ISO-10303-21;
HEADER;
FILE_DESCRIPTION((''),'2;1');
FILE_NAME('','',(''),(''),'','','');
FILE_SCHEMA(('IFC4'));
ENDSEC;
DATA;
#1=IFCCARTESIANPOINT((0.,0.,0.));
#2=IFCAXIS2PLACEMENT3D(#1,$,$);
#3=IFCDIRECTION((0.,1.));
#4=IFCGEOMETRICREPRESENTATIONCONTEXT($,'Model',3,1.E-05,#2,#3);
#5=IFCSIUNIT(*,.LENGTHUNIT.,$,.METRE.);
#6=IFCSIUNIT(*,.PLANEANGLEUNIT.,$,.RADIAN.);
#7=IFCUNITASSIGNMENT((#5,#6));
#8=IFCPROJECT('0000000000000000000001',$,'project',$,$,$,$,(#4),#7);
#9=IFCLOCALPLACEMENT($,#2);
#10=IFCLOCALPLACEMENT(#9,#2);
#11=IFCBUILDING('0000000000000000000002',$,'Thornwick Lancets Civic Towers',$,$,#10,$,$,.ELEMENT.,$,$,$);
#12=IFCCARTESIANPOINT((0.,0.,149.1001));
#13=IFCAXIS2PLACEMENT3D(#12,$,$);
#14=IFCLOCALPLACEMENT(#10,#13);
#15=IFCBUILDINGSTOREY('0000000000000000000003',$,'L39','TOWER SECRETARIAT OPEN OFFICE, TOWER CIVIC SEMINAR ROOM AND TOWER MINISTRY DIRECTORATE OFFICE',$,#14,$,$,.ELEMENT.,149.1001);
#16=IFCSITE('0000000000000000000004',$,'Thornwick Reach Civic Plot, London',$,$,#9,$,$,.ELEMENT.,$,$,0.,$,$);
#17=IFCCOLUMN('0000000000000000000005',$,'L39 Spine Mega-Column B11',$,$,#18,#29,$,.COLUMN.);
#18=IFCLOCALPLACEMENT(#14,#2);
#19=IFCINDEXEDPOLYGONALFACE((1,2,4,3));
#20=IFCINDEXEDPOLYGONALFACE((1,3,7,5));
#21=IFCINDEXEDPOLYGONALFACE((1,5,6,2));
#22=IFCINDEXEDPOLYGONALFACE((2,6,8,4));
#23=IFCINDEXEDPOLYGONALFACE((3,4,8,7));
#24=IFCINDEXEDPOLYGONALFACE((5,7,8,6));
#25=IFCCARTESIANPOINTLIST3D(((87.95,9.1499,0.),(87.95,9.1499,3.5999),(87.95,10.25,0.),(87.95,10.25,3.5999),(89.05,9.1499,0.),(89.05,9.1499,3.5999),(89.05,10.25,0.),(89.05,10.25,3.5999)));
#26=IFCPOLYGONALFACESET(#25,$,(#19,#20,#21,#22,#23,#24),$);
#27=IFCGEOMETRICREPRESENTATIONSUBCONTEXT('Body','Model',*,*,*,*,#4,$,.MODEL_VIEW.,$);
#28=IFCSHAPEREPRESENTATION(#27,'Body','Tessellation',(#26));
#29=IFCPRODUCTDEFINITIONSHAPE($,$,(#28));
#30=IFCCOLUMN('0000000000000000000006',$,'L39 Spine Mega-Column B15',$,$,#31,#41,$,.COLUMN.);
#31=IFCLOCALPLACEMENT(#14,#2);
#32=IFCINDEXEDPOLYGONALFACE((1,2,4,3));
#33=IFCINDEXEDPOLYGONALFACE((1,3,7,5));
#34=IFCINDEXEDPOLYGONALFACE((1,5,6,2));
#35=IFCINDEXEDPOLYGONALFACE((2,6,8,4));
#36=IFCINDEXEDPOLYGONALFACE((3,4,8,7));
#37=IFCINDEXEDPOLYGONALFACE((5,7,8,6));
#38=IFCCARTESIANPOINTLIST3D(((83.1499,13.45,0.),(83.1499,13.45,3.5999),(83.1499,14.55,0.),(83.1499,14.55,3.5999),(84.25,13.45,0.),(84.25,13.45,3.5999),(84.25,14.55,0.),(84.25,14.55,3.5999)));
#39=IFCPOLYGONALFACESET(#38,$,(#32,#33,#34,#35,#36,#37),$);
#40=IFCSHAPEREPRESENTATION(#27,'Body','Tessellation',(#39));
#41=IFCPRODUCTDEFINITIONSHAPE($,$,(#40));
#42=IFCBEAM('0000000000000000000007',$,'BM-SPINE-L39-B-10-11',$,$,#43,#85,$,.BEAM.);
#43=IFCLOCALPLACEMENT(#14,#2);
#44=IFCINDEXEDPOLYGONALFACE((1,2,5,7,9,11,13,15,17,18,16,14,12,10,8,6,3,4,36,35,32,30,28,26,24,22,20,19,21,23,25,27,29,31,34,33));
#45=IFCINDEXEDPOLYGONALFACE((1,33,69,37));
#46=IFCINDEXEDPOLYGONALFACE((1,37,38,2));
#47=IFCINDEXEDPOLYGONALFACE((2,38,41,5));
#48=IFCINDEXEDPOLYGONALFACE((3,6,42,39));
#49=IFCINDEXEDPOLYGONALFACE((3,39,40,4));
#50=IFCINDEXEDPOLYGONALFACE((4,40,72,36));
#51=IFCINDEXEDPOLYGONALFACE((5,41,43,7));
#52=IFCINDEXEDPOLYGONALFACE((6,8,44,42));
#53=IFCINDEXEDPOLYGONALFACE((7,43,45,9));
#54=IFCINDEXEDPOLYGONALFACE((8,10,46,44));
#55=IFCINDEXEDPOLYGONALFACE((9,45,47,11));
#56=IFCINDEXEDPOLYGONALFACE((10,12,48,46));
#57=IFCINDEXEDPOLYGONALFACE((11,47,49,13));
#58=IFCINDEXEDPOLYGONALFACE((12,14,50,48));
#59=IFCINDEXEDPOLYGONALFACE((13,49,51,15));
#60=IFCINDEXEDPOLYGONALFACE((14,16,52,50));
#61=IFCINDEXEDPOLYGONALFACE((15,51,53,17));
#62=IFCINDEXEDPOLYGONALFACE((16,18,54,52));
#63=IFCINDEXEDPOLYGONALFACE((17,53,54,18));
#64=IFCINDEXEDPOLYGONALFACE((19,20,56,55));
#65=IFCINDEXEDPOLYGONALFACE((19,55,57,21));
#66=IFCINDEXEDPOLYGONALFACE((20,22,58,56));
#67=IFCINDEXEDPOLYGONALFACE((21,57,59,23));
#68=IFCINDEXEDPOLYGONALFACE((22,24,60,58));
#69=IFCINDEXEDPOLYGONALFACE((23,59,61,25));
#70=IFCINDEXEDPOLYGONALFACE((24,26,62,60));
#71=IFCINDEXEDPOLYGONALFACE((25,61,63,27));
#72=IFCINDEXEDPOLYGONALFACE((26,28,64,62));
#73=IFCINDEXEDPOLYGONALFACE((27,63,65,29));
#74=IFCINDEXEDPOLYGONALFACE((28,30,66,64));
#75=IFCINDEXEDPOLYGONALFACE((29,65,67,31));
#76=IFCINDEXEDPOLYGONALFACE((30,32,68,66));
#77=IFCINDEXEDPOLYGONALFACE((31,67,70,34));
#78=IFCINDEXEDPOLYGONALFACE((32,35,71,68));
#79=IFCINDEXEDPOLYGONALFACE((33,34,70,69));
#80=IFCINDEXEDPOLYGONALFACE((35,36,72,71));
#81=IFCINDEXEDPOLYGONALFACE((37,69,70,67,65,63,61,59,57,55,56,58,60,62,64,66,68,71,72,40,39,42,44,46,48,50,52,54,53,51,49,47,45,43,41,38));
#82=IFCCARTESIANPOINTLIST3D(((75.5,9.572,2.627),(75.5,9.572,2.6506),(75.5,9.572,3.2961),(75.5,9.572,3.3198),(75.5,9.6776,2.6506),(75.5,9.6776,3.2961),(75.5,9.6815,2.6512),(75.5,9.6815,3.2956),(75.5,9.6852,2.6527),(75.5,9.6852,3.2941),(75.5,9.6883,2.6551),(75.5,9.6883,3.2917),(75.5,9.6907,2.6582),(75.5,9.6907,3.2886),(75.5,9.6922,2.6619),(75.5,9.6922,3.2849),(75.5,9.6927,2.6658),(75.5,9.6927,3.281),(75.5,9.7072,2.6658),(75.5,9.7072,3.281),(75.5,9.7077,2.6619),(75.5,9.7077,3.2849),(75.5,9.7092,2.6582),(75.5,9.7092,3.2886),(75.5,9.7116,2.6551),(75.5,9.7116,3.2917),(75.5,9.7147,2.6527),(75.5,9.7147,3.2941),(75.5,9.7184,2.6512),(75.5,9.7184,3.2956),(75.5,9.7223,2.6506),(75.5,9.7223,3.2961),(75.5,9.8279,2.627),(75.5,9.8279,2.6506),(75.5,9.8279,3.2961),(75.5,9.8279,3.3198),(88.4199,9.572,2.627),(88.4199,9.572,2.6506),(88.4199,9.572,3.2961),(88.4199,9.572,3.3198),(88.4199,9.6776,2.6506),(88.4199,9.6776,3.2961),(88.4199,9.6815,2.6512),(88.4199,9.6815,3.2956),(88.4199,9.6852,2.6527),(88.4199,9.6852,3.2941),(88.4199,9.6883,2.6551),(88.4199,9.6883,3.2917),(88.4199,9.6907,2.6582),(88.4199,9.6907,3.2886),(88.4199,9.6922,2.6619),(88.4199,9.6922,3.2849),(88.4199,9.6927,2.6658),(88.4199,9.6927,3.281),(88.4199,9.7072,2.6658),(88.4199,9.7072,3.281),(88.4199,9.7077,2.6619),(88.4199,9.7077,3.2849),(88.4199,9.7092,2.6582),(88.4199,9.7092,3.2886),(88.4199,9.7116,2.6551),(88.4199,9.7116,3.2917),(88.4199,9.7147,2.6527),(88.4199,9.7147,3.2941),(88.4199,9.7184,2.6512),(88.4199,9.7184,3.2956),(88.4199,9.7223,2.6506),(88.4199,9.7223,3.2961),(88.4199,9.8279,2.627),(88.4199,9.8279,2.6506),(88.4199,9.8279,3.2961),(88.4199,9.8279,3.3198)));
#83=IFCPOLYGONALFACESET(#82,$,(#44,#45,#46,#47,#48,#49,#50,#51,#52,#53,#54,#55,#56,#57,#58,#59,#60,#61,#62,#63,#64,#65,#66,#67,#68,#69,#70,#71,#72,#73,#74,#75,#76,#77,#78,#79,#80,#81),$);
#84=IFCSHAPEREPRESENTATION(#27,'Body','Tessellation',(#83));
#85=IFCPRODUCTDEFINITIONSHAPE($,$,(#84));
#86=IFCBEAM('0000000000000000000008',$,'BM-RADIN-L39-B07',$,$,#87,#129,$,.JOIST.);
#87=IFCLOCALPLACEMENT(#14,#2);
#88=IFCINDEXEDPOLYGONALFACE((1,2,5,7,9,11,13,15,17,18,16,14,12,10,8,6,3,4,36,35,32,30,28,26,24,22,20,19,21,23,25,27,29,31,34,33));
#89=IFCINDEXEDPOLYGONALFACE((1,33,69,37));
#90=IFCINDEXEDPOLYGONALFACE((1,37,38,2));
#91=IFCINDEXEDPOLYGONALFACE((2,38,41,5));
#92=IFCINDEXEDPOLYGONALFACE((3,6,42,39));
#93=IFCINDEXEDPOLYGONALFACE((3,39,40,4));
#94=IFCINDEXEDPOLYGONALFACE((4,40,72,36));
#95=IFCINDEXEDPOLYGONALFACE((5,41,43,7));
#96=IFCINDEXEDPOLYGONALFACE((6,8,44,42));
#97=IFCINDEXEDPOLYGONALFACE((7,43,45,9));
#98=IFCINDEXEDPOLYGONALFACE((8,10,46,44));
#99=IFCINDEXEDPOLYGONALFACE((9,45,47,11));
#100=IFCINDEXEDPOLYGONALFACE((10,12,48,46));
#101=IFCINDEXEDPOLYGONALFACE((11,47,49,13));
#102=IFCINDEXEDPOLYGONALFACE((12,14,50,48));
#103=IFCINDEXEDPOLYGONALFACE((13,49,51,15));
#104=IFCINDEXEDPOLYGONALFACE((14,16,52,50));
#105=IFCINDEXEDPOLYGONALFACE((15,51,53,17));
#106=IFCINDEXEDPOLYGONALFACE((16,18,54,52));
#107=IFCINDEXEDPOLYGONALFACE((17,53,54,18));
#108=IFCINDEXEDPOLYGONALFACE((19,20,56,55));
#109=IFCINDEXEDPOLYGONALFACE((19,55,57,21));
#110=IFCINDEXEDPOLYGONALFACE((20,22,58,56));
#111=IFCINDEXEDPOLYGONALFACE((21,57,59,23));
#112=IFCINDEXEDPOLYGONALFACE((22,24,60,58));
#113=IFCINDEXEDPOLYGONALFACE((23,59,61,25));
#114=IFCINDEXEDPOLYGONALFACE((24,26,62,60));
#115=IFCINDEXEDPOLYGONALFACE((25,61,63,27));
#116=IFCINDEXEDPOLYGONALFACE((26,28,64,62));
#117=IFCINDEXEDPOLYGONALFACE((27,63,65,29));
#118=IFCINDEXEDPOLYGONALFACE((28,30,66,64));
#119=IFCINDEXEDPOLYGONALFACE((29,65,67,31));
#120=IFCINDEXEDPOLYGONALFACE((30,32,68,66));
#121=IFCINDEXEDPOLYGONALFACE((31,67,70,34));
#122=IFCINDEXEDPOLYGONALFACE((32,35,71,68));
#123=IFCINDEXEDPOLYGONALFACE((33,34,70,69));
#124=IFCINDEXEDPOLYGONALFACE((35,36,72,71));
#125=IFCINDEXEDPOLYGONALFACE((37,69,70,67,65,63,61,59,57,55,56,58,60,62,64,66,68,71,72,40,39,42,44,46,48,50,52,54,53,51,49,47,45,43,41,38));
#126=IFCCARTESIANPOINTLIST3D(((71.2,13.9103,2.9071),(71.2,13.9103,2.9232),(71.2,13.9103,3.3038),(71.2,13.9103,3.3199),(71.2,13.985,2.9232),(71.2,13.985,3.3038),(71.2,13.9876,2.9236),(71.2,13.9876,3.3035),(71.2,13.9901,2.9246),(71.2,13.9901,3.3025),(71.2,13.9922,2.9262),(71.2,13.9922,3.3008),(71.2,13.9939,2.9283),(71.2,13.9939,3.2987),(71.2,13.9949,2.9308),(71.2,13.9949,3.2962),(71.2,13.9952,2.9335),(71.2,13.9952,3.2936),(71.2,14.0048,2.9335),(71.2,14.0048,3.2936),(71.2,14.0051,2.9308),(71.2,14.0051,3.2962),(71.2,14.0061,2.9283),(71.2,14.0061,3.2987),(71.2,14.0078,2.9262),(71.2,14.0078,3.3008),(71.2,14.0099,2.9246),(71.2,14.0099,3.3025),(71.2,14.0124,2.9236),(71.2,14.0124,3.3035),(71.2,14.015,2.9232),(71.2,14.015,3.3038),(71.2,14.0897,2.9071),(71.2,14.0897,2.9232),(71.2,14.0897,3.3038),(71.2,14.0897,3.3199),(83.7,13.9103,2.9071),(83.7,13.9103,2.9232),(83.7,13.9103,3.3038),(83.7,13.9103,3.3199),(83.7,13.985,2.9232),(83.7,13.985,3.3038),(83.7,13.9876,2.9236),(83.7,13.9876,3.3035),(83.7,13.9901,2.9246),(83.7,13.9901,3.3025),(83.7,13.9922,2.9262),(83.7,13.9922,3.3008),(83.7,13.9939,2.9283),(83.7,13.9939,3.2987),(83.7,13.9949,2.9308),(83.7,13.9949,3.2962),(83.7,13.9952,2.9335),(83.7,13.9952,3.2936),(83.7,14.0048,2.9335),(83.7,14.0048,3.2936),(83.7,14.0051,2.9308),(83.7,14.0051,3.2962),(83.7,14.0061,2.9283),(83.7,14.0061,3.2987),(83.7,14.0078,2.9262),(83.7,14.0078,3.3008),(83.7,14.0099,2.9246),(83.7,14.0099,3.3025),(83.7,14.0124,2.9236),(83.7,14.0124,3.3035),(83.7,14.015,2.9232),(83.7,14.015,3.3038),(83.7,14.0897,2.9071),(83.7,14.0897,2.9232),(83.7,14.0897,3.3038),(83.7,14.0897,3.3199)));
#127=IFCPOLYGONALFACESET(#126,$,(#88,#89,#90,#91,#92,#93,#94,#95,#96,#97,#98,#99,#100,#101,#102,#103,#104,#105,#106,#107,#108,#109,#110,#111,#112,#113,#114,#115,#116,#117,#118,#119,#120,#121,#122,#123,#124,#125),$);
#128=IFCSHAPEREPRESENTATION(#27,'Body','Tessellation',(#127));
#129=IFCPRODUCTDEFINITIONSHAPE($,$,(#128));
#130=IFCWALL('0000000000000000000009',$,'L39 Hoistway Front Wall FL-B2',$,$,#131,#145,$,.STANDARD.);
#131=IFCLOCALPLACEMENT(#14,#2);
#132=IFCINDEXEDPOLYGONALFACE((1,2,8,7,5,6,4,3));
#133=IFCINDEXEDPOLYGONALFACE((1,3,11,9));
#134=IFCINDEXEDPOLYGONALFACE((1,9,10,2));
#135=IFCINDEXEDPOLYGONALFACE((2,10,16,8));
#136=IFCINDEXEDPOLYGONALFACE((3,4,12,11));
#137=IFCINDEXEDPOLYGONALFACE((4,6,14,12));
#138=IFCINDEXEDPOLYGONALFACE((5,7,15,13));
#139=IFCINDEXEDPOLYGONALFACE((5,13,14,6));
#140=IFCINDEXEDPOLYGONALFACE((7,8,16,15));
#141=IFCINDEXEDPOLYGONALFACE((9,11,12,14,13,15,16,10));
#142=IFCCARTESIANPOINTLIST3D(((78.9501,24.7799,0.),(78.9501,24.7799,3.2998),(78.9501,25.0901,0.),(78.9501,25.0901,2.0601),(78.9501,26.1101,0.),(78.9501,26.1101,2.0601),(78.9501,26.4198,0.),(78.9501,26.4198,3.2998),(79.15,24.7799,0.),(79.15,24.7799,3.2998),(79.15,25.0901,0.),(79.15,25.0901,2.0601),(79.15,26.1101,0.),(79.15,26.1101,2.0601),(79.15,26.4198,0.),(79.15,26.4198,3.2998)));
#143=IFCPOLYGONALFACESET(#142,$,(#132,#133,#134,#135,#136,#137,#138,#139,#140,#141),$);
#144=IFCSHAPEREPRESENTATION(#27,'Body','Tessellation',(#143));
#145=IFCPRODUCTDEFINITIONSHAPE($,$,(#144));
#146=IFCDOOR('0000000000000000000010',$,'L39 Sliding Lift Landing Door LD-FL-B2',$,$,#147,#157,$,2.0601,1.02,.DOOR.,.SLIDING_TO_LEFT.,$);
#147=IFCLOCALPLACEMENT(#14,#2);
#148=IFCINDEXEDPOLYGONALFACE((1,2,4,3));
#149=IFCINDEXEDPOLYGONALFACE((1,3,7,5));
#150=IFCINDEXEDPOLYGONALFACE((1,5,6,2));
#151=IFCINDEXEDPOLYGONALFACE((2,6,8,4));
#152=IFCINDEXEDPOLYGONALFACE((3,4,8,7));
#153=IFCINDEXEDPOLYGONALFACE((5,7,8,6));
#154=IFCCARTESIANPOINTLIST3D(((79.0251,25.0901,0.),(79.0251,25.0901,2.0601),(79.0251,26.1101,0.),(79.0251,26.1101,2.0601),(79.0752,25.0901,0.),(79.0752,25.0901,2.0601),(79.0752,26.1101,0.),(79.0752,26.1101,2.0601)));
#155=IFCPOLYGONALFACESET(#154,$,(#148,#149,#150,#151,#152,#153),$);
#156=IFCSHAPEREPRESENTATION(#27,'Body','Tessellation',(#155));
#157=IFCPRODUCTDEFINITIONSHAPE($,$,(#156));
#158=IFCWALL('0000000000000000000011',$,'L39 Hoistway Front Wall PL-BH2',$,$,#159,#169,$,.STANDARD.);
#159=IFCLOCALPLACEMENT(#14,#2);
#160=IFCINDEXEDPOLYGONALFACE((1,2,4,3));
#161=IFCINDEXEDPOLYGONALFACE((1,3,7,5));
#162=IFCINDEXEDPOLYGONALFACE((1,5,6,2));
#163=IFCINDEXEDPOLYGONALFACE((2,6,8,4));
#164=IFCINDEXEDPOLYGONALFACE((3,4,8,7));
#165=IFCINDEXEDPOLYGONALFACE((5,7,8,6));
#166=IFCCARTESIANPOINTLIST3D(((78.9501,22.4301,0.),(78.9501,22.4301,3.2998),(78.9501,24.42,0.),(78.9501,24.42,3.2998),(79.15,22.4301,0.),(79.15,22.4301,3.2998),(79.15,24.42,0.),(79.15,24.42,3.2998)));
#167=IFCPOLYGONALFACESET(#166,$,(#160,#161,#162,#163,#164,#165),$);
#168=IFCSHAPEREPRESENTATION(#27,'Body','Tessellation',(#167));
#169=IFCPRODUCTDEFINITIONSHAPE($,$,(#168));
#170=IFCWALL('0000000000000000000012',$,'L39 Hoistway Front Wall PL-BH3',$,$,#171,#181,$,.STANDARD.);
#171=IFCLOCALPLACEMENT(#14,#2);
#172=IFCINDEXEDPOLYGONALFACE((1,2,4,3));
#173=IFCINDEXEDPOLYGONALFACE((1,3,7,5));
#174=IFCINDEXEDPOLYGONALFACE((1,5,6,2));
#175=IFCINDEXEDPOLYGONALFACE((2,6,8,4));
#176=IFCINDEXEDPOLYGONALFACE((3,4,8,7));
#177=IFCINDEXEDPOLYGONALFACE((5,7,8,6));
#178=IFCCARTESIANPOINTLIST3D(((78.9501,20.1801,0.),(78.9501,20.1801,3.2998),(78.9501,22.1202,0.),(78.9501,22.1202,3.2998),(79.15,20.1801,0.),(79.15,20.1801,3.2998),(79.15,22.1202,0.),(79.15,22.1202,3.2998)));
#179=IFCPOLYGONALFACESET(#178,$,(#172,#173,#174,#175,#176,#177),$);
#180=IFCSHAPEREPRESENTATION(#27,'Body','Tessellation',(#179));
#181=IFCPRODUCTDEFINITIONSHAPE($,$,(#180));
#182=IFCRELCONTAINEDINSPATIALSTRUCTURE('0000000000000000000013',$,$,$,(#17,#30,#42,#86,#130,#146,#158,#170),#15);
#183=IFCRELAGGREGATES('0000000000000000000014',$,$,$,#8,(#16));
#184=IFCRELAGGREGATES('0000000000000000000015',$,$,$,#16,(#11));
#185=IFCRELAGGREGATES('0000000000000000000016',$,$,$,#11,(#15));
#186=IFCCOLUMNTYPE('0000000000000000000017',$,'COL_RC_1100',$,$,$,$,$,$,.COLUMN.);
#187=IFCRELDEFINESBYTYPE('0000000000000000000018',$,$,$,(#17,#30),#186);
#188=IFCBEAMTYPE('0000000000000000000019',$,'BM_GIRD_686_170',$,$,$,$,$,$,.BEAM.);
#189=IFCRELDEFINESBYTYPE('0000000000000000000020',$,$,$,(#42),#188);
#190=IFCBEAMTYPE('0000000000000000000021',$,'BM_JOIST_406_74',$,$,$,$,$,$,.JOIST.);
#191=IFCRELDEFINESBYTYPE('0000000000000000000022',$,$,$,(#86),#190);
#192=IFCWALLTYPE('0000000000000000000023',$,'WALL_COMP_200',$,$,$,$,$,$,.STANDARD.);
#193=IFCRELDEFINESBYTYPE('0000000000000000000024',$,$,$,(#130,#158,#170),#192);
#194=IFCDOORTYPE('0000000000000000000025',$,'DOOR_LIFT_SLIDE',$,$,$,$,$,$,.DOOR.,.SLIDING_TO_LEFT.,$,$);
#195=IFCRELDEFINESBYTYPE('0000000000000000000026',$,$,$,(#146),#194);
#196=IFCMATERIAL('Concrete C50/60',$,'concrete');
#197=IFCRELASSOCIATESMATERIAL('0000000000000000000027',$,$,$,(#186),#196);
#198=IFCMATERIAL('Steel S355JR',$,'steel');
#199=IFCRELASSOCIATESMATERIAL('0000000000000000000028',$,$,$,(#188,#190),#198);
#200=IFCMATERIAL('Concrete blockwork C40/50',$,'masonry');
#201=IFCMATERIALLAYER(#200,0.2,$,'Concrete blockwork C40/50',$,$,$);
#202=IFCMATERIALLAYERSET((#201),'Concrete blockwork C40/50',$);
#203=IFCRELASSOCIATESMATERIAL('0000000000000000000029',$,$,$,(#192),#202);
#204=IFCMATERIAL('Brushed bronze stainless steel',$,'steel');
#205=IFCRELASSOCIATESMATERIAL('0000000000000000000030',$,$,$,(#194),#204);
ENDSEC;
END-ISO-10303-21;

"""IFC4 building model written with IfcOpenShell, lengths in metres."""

from ifc_helpers import new_model, si_unit, direction, frame, frame_2d, origin, origin_2d, place, context, subcontext, project, spatial, rectangle, i_section, extrude, material, layer, layer_set, material_profile, profile_set, type_object, element, fill, save


model = new_model("IFC4")

# Units and contexts
model_context = context("Model", 3, precision=1e-05, world=origin(), true_north=direction((0.0, 1.0)))
body_context = subcontext(model_context, "Body", "Model", "MODEL_VIEW")
ifc_project = project(units=[si_unit("LENGTHUNIT", "METRE"), si_unit("PLANEANGLEUNIT", "RADIAN")], contexts=[model_context])

# Site, building, storey
site_placement = place(None, origin())
site = spatial("IfcSite", under=ifc_project, at=site_placement, Name="Thornwick Reach Civic Plot, London", CompositionType="ELEMENT", RefElevation=0.0)
building_placement = place(site_placement, origin())
building = spatial("IfcBuilding", under=site, at=building_placement, Name="Thornwick Lancets Civic Towers", CompositionType="ELEMENT")
storey_placement = place(building_placement, frame((0.0, 0.0, 149.1001)))
storey = spatial("IfcBuildingStorey", under=building, at=storey_placement, Name="L39", Description="TOWER SECRETARIAT OPEN OFFICE, TOWER CIVIC SEMINAR ROOM AND TOWER MINISTRY DIRECTORATE OFFICE", CompositionType="ELEMENT", Elevation=149.1001)

# Columns
ifc_material_1 = material(Name="Concrete C50/60", Category="concrete")
ifc_material_profile_1 = material_profile(ifc_material_1, rectangle(XDim=1.1001, YDim=1.1001, at=origin_2d()), Name="RC 1100x1100")
ifc_profile_set_1 = profile_set([ifc_material_profile_1], Name="Concrete C50/60")
column_type = type_object("IfcColumnType", Name="COL_RC_1100", PredefinedType="COLUMN", material=ifc_profile_set_1)
for number, where, z_axis, x_axis, name in (
    (1, (88.5, 9.7, 0.0), (0.0, 0.0, 1.0), (1.0, 0.0, 0.0), "L39 Spine Mega-Column B11"),
    (2, (83.7, 14.0, 0.0), (0.0, 0.0, 1.0), (1.0, 0.0, 0.0), "L39 Spine Mega-Column B15"),
):
    element("IfcColumn", number, at=place(storey_placement, frame(where, z_axis=z_axis, x_axis=x_axis)), inside=storey, type_object=column_type, Name=name, PredefinedType="COLUMN", context=body_context, shape_type="SweptSolid", body=[
        extrude(rectangle(XDim=1.1001, YDim=1.1001, at=origin_2d()), origin(), (0.0, 0.0, 1.0), 3.5999),
    ])

# Beams
ifc_material_2 = material(Name="Steel S355JR", Category="steel")
ifc_material_profile_2 = material_profile(ifc_material_2, i_section(OverallWidth=0.2559, OverallDepth=0.6929, WebThickness=0.0144, FlangeThickness=0.0237, FilletRadius=0.0151, at=origin_2d()), Name="UKB 686x254x170")
ifc_profile_set_2 = profile_set([ifc_material_profile_2], Name="Steel S355JR")
beam_type_1 = type_object("IfcBeamType", Name="BM_GIRD_686_170", PredefinedType="BEAM", material=ifc_profile_set_2)
beam_1_placement = place(storey_placement, frame((88.4199, 9.7, 2.9734), z_axis=(-1.0, 0.0, 0.0), x_axis=(0.0, -1.0, 0.0)))
element("IfcBeam", 3, at=beam_1_placement, inside=storey, type_object=beam_type_1, Name="BM-SPINE-L39-B-10-11", PredefinedType="BEAM", context=body_context, shape_type="SweptSolid", body=[
    extrude(i_section(OverallWidth=0.2559, OverallDepth=0.6929, WebThickness=0.0144, FlangeThickness=0.0237, FilletRadius=0.0151, at=origin_2d()), origin(), (0.0, 0.0, 1.0), 12.9199),
])
ifc_material_profile_3 = material_profile(ifc_material_2, i_section(OverallWidth=0.1794, OverallDepth=0.4128, WebThickness=0.0095, FlangeThickness=0.0161, FilletRadius=0.0103, at=origin_2d()), Name="UKB 406x178x74")
ifc_profile_set_3 = profile_set([ifc_material_profile_3], Name="Steel S355JR")
beam_type_2 = type_object("IfcBeamType", Name="BM_JOIST_406_74", PredefinedType="JOIST", material=ifc_profile_set_3)
beam_2_placement = place(storey_placement, frame((83.7, 14.0, 3.1135), z_axis=(-1.0, 0.0, 0.0), x_axis=(0.0, -1.0, 0.0)))
element("IfcBeam", 4, at=beam_2_placement, inside=storey, type_object=beam_type_2, Name="BM-RADIN-L39-B07", PredefinedType="JOIST", context=body_context, shape_type="SweptSolid", body=[
    extrude(i_section(OverallWidth=0.1794, OverallDepth=0.4128, WebThickness=0.0095, FlangeThickness=0.0161, FilletRadius=0.0103, at=origin_2d()), origin(), (0.0, 0.0, 1.0), 12.5),
])

# Wall, opening, door
ifc_material_3 = material(Name="Concrete blockwork C40/50", Category="masonry")
ifc_layer_1 = layer(ifc_material_3, 0.2, Name="Concrete blockwork C40/50")
ifc_layer_set_1 = layer_set([ifc_layer_1], Name="Concrete blockwork C40/50")
wall_type_1 = type_object("IfcWallType", Name="WALL_COMP_200", PredefinedType="STANDARD", material=ifc_layer_set_1)
wall_1_placement = place(storey_placement, frame((79.05, 24.78, 0.0), z_axis=(0.0, 0.0, 1.0), x_axis=(0.0, 1.0, 0.0)))
wall_1 = element("IfcWall", 5, at=wall_1_placement, inside=storey, type_object=wall_type_1, Name="L39 Hoistway Front Wall FL-B2", PredefinedType="STANDARD", context=body_context, shape_type="SweptSolid", body=[
    extrude(rectangle(XDim=1.6399, YDim=0.2, at=frame_2d((0.8198, 0.0))), origin(), (0.0, 0.0, 1.0), 3.2998),
])
opening_1_placement = place(wall_1_placement, frame((0.3101, 0.0, 0.0)))
opening_1 = element("IfcOpeningElement", 6, at=opening_1_placement, cuts=wall_1, PredefinedType="OPENING", context=body_context, shape_type="SweptSolid", body=[
    extrude(rectangle(XDim=1.02, YDim=2.0601, at=frame_2d((0.51, 1.03))), frame((0.0, 0.1099, 0.0), z_axis=(0.0, -1.0, 0.0), x_axis=(1.0, 0.0, 0.0)), (0.0, 0.0, 1.0), 0.22),
])
ifc_material_4 = material(Name="Brushed bronze stainless steel", Category="steel")
door_type_1 = type_object("IfcDoorType", Name="DOOR_LIFT_SLIDE", OperationType="SLIDING_TO_LEFT", PredefinedType="DOOR", material=ifc_material_4)
door_1_placement = place(opening_1_placement, origin())
door_1 = element("IfcDoor", 7, at=door_1_placement, inside=storey, type_object=door_type_1, Name="L39 Sliding Lift Landing Door LD-FL-B2", OperationType="SLIDING_TO_LEFT", OverallHeight=2.0601, OverallWidth=1.02, PredefinedType="DOOR", context=body_context, shape_type="SweptSolid", body=[
    extrude(rectangle(XDim=1.02, YDim=2.0601, at=frame_2d((0.51, 1.03))), frame((0.0, 0.0249, 0.0), z_axis=(0.0, -1.0, 0.0), x_axis=(1.0, 0.0, 0.0)), (0.0, 0.0, 1.0), 0.05),
])
fill(opening_1, door_1)

# Walls
wall_2_placement = place(storey_placement, frame((79.05, 22.4299, 0.0), z_axis=(0.0, 0.0, 1.0), x_axis=(0.0, 1.0, 0.0)))
element("IfcWall", 8, at=wall_2_placement, inside=storey, type_object=wall_type_1, Name="L39 Hoistway Front Wall PL-BH2", PredefinedType="STANDARD", context=body_context, shape_type="SweptSolid", body=[
    extrude(rectangle(XDim=1.99, YDim=0.2, at=frame_2d((0.9951, 0.0))), origin(), (0.0, 0.0, 1.0), 3.2998),
])
wall_3_placement = place(storey_placement, frame((79.05, 20.1799, 0.0), z_axis=(0.0, 0.0, 1.0), x_axis=(0.0, 1.0, 0.0)))
element("IfcWall", 9, at=wall_3_placement, inside=storey, type_object=wall_type_1, Name="L39 Hoistway Front Wall PL-BH3", PredefinedType="STANDARD", context=body_context, shape_type="SweptSolid", body=[
    extrude(rectangle(XDim=1.9402, YDim=0.2, at=frame_2d((0.9702, 0.0))), origin(), (0.0, 0.0, 1.0), 3.2998),
])

save(model, "model.ifc")
